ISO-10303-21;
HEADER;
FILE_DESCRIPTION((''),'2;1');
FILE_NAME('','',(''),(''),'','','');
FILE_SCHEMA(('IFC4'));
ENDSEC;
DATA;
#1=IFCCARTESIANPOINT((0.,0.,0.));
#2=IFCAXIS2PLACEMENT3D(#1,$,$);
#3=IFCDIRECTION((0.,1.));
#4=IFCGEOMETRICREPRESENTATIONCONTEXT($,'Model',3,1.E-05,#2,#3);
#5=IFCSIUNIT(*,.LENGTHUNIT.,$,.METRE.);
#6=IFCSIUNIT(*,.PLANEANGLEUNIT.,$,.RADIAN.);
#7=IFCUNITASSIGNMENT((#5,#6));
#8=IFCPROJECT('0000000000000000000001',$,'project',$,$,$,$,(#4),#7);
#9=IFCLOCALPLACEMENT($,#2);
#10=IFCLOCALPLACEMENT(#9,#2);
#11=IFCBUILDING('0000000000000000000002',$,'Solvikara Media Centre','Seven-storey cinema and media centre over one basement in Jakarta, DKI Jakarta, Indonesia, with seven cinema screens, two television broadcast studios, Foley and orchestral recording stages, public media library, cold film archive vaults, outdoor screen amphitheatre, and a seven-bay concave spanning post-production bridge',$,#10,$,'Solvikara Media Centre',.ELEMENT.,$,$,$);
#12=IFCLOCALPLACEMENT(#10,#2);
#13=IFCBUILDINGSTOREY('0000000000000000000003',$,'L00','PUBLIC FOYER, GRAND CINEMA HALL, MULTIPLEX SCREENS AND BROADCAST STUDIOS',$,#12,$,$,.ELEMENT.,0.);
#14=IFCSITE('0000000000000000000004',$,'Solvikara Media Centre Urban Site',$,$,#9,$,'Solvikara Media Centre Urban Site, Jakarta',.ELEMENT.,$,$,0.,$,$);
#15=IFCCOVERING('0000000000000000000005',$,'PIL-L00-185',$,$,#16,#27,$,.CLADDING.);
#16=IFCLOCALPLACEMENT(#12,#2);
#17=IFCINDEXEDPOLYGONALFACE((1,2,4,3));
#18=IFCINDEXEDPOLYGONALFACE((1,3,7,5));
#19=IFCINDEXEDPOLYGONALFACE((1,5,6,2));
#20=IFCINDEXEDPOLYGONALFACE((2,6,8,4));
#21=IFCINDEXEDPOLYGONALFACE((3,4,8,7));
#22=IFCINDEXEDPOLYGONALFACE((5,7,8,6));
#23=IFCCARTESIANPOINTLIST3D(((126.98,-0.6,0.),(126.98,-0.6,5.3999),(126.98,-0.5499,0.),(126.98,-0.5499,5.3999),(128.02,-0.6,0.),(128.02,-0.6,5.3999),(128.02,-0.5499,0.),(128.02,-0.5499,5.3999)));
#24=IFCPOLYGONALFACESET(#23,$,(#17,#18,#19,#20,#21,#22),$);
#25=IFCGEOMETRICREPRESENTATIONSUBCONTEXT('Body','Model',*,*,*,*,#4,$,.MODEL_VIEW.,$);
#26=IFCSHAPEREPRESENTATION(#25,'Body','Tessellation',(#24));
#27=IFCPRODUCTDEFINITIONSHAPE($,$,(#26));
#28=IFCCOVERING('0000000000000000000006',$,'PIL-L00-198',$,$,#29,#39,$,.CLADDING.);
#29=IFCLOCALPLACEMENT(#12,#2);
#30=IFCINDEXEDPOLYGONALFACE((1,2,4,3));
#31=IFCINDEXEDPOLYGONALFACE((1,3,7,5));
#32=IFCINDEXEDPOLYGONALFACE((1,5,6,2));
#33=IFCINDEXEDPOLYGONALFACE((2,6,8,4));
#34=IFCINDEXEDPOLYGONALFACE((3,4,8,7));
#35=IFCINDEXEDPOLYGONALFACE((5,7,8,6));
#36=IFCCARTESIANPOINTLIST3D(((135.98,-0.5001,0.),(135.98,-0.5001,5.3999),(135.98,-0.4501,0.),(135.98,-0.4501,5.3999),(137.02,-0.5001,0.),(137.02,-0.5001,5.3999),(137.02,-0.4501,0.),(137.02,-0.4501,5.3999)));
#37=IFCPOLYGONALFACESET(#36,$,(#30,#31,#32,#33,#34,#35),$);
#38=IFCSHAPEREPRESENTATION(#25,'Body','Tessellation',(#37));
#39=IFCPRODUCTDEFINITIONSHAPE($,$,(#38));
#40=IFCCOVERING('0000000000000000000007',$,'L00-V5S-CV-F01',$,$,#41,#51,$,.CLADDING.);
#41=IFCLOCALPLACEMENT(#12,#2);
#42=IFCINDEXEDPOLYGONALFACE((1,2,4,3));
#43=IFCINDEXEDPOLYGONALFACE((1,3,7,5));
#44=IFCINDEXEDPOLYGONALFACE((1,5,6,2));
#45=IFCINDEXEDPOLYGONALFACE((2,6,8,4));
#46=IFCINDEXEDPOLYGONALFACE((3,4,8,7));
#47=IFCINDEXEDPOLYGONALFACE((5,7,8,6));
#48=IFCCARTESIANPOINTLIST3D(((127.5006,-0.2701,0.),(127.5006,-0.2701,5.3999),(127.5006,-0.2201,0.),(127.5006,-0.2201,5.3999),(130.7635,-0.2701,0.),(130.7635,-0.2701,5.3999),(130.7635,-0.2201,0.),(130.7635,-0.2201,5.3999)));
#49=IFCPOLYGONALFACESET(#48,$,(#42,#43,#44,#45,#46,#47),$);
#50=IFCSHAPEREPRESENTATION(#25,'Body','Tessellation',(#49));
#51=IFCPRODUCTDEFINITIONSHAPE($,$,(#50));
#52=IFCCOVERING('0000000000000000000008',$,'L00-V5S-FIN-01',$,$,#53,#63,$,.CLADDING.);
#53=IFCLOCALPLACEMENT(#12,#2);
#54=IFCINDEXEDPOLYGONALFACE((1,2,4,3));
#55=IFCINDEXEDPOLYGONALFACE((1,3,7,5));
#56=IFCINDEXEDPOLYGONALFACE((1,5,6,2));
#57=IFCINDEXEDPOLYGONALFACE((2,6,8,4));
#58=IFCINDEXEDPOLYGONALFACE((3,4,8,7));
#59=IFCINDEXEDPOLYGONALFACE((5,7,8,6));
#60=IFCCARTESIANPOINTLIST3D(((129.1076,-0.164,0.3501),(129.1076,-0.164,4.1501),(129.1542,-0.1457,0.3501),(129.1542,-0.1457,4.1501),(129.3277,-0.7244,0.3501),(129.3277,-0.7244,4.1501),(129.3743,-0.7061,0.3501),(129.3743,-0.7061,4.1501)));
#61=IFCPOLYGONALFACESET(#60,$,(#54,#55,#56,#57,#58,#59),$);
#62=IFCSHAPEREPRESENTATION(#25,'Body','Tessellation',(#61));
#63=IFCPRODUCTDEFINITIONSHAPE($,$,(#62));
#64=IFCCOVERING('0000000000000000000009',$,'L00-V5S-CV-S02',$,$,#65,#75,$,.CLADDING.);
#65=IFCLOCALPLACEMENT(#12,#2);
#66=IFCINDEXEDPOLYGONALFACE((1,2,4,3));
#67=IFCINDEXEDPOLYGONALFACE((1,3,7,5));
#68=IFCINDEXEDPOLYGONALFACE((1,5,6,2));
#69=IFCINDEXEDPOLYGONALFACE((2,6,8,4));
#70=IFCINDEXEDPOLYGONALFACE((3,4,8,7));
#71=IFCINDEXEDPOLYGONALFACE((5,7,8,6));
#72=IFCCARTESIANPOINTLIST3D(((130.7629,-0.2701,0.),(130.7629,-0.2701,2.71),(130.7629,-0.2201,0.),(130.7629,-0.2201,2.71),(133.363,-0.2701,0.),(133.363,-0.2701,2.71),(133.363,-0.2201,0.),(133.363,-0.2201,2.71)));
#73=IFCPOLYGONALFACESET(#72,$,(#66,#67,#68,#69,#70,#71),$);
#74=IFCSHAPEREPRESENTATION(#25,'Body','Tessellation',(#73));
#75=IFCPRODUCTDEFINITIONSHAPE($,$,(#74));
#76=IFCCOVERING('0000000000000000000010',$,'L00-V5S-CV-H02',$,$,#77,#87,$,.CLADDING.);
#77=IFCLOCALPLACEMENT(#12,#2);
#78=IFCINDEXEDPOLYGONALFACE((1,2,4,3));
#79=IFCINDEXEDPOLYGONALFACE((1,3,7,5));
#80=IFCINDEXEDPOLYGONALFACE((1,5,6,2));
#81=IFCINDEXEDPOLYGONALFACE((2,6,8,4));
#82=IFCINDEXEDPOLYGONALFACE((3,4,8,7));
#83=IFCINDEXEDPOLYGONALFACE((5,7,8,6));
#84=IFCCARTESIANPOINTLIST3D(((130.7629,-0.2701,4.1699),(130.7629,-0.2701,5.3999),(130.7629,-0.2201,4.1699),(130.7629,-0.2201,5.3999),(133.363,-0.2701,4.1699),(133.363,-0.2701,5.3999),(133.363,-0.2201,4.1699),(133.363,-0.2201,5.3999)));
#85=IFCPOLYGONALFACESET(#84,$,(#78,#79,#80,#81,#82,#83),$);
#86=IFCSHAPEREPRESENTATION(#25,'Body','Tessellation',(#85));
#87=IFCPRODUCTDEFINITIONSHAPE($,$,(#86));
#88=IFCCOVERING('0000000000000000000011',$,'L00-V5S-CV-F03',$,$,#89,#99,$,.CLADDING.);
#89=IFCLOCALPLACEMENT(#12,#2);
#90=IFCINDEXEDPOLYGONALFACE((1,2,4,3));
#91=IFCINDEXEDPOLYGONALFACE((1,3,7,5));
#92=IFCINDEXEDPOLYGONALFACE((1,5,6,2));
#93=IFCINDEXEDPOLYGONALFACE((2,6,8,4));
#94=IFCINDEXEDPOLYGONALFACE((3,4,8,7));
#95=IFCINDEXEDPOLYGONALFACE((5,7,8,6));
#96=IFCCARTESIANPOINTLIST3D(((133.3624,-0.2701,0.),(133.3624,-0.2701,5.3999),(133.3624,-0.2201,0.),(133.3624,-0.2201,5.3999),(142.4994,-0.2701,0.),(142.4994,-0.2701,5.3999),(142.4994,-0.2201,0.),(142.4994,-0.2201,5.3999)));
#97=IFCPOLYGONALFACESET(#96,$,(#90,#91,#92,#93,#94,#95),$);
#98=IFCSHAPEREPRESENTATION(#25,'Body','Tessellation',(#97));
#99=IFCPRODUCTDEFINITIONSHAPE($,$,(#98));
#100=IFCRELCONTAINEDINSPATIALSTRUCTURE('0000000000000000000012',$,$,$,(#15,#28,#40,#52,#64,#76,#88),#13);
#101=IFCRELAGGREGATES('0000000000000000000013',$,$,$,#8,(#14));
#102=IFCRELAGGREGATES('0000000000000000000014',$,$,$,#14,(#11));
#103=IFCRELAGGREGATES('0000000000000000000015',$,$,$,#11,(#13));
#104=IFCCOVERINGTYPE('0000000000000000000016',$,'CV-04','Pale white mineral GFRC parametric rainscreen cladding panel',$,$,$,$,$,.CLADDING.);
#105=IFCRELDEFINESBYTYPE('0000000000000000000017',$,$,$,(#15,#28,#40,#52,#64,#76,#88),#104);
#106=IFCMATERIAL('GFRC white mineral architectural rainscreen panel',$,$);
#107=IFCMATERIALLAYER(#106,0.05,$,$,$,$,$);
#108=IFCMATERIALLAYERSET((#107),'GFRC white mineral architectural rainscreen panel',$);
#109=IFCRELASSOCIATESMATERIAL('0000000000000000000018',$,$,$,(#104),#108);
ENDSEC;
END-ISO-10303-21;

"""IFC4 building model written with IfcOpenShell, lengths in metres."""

from ifc_helpers import new_model, si_unit, direction, frame, origin, origin_2d, place, context, subcontext, project, spatial, rectangle, extrude, material, layer, layer_set, type_object, element, save


model = new_model("IFC4")

# Units and contexts
model_context = context("Model", 3, precision=1e-05, world=origin(), true_north=direction((0.0, 1.0)))
body_context = subcontext(model_context, "Body", "Model", "MODEL_VIEW")
ifc_project = project(units=[si_unit("LENGTHUNIT", "METRE"), si_unit("PLANEANGLEUNIT", "RADIAN")], contexts=[model_context])

# Site, building, storey
site_placement = place(None, origin())
site = spatial("IfcSite", under=ifc_project, at=site_placement, Name="Solvikara Media Centre Urban Site", LongName="Solvikara Media Centre Urban Site, Jakarta", CompositionType="ELEMENT", RefElevation=0.0)
building_placement = place(site_placement, origin())
building = spatial("IfcBuilding", under=site, at=building_placement, Name="Solvikara Media Centre", Description="Seven-storey cinema and media centre over one basement in Jakarta, DKI Jakarta, Indonesia, with seven cinema screens, two television broadcast studios, Foley and orchestral recording stages, public media library, cold film archive vaults, outdoor screen amphitheatre, and a seven-bay concave spanning post-production bridge", LongName="Solvikara Media Centre", CompositionType="ELEMENT")
storey_placement = place(building_placement, origin())
storey = spatial("IfcBuildingStorey", under=building, at=storey_placement, Name="L00", Description="PUBLIC FOYER, GRAND CINEMA HALL, MULTIPLEX SCREENS AND BROADCAST STUDIOS", CompositionType="ELEMENT", Elevation=0.0)

# Coverings
ifc_material_1 = material(Name="GFRC white mineral architectural rainscreen panel")
ifc_layer_1 = layer(ifc_material_1, 0.05)
ifc_layer_set_1 = layer_set([ifc_layer_1], Name="GFRC white mineral architectural rainscreen panel")
covering_type = type_object("IfcCoveringType", Name="CV-04", Description="Pale white mineral GFRC parametric rainscreen cladding panel", PredefinedType="CLADDING", material=ifc_layer_set_1)
for number, where, z_axis, x_axis, name in (
    (1, (127.5, -0.575, 0.0), (0.0, 0.0, 1.0), (1.0, 0.0, 0.0), "PIL-L00-185"),
    (2, (136.5, -0.4751, 0.0), (0.0, 0.0, 1.0), (1.0, 0.0, 0.0), "PIL-L00-198"),
):
    element("IfcCovering", number, at=place(storey_placement, frame(where, z_axis=z_axis, x_axis=x_axis)), inside=storey, type_object=covering_type, Name=name, PredefinedType="CLADDING", context=body_context, shape_type="SweptSolid", body=[
        extrude(rectangle(XDim=1.04, YDim=0.05, at=origin_2d()), origin(), (0.0, 0.0, 1.0), 5.3999),
    ])
covering_1_placement = place(storey_placement, frame((129.1321, -0.2451, 0.0), z_axis=(0.0, 0.0, 1.0), x_axis=(1.0, 0.0, 0.0)))
element("IfcCovering", 3, at=covering_1_placement, inside=storey, type_object=covering_type, Name="L00-V5S-CV-F01", PredefinedType="CLADDING", context=body_context, shape_type="SweptSolid", body=[
    extrude(rectangle(XDim=3.2629, YDim=0.05, at=origin_2d()), origin(), (0.0, 0.0, 1.0), 5.3999),
])
covering_2_placement = place(storey_placement, frame((129.241, -0.4351, 0.3501), z_axis=(0.0, 0.0, 1.0), x_axis=(0.365657, -0.93075, 0.0)))
element("IfcCovering", 4, at=covering_2_placement, inside=storey, type_object=covering_type, Name="L00-V5S-FIN-01", PredefinedType="CLADDING", context=body_context, shape_type="SweptSolid", body=[
    extrude(rectangle(XDim=0.6021, YDim=0.05, at=origin_2d()), origin(), (0.0, 0.0, 1.0), 3.8),
])
covering_3_placement = place(storey_placement, frame((132.063, -0.2451, 0.0), z_axis=(0.0, 0.0, 1.0), x_axis=(1.0, 0.0, 0.0)))
element("IfcCovering", 5, at=covering_3_placement, inside=storey, type_object=covering_type, Name="L00-V5S-CV-S02", PredefinedType="CLADDING", context=body_context, shape_type="SweptSolid", body=[
    extrude(rectangle(XDim=2.6001, YDim=0.05, at=origin_2d()), origin(), (0.0, 0.0, 1.0), 2.71),
])
covering_4_placement = place(storey_placement, frame((132.063, -0.2451, 4.1699), z_axis=(0.0, 0.0, 1.0), x_axis=(1.0, 0.0, 0.0)))
element("IfcCovering", 6, at=covering_4_placement, inside=storey, type_object=covering_type, Name="L00-V5S-CV-H02", PredefinedType="CLADDING", context=body_context, shape_type="SweptSolid", body=[
    extrude(rectangle(XDim=2.6001, YDim=0.05, at=origin_2d()), origin(), (0.0, 0.0, 1.0), 1.23),
])
covering_5_placement = place(storey_placement, frame((137.9309, -0.2451, 0.0), z_axis=(0.0, 0.0, 1.0), x_axis=(1.0, 0.0, 0.0)))
element("IfcCovering", 7, at=covering_5_placement, inside=storey, type_object=covering_type, Name="L00-V5S-CV-F03", PredefinedType="CLADDING", context=body_context, shape_type="SweptSolid", body=[
    extrude(rectangle(XDim=9.137, YDim=0.05, at=origin_2d()), origin(), (0.0, 0.0, 1.0), 5.3999),
])

save(model, "model.ifc")
